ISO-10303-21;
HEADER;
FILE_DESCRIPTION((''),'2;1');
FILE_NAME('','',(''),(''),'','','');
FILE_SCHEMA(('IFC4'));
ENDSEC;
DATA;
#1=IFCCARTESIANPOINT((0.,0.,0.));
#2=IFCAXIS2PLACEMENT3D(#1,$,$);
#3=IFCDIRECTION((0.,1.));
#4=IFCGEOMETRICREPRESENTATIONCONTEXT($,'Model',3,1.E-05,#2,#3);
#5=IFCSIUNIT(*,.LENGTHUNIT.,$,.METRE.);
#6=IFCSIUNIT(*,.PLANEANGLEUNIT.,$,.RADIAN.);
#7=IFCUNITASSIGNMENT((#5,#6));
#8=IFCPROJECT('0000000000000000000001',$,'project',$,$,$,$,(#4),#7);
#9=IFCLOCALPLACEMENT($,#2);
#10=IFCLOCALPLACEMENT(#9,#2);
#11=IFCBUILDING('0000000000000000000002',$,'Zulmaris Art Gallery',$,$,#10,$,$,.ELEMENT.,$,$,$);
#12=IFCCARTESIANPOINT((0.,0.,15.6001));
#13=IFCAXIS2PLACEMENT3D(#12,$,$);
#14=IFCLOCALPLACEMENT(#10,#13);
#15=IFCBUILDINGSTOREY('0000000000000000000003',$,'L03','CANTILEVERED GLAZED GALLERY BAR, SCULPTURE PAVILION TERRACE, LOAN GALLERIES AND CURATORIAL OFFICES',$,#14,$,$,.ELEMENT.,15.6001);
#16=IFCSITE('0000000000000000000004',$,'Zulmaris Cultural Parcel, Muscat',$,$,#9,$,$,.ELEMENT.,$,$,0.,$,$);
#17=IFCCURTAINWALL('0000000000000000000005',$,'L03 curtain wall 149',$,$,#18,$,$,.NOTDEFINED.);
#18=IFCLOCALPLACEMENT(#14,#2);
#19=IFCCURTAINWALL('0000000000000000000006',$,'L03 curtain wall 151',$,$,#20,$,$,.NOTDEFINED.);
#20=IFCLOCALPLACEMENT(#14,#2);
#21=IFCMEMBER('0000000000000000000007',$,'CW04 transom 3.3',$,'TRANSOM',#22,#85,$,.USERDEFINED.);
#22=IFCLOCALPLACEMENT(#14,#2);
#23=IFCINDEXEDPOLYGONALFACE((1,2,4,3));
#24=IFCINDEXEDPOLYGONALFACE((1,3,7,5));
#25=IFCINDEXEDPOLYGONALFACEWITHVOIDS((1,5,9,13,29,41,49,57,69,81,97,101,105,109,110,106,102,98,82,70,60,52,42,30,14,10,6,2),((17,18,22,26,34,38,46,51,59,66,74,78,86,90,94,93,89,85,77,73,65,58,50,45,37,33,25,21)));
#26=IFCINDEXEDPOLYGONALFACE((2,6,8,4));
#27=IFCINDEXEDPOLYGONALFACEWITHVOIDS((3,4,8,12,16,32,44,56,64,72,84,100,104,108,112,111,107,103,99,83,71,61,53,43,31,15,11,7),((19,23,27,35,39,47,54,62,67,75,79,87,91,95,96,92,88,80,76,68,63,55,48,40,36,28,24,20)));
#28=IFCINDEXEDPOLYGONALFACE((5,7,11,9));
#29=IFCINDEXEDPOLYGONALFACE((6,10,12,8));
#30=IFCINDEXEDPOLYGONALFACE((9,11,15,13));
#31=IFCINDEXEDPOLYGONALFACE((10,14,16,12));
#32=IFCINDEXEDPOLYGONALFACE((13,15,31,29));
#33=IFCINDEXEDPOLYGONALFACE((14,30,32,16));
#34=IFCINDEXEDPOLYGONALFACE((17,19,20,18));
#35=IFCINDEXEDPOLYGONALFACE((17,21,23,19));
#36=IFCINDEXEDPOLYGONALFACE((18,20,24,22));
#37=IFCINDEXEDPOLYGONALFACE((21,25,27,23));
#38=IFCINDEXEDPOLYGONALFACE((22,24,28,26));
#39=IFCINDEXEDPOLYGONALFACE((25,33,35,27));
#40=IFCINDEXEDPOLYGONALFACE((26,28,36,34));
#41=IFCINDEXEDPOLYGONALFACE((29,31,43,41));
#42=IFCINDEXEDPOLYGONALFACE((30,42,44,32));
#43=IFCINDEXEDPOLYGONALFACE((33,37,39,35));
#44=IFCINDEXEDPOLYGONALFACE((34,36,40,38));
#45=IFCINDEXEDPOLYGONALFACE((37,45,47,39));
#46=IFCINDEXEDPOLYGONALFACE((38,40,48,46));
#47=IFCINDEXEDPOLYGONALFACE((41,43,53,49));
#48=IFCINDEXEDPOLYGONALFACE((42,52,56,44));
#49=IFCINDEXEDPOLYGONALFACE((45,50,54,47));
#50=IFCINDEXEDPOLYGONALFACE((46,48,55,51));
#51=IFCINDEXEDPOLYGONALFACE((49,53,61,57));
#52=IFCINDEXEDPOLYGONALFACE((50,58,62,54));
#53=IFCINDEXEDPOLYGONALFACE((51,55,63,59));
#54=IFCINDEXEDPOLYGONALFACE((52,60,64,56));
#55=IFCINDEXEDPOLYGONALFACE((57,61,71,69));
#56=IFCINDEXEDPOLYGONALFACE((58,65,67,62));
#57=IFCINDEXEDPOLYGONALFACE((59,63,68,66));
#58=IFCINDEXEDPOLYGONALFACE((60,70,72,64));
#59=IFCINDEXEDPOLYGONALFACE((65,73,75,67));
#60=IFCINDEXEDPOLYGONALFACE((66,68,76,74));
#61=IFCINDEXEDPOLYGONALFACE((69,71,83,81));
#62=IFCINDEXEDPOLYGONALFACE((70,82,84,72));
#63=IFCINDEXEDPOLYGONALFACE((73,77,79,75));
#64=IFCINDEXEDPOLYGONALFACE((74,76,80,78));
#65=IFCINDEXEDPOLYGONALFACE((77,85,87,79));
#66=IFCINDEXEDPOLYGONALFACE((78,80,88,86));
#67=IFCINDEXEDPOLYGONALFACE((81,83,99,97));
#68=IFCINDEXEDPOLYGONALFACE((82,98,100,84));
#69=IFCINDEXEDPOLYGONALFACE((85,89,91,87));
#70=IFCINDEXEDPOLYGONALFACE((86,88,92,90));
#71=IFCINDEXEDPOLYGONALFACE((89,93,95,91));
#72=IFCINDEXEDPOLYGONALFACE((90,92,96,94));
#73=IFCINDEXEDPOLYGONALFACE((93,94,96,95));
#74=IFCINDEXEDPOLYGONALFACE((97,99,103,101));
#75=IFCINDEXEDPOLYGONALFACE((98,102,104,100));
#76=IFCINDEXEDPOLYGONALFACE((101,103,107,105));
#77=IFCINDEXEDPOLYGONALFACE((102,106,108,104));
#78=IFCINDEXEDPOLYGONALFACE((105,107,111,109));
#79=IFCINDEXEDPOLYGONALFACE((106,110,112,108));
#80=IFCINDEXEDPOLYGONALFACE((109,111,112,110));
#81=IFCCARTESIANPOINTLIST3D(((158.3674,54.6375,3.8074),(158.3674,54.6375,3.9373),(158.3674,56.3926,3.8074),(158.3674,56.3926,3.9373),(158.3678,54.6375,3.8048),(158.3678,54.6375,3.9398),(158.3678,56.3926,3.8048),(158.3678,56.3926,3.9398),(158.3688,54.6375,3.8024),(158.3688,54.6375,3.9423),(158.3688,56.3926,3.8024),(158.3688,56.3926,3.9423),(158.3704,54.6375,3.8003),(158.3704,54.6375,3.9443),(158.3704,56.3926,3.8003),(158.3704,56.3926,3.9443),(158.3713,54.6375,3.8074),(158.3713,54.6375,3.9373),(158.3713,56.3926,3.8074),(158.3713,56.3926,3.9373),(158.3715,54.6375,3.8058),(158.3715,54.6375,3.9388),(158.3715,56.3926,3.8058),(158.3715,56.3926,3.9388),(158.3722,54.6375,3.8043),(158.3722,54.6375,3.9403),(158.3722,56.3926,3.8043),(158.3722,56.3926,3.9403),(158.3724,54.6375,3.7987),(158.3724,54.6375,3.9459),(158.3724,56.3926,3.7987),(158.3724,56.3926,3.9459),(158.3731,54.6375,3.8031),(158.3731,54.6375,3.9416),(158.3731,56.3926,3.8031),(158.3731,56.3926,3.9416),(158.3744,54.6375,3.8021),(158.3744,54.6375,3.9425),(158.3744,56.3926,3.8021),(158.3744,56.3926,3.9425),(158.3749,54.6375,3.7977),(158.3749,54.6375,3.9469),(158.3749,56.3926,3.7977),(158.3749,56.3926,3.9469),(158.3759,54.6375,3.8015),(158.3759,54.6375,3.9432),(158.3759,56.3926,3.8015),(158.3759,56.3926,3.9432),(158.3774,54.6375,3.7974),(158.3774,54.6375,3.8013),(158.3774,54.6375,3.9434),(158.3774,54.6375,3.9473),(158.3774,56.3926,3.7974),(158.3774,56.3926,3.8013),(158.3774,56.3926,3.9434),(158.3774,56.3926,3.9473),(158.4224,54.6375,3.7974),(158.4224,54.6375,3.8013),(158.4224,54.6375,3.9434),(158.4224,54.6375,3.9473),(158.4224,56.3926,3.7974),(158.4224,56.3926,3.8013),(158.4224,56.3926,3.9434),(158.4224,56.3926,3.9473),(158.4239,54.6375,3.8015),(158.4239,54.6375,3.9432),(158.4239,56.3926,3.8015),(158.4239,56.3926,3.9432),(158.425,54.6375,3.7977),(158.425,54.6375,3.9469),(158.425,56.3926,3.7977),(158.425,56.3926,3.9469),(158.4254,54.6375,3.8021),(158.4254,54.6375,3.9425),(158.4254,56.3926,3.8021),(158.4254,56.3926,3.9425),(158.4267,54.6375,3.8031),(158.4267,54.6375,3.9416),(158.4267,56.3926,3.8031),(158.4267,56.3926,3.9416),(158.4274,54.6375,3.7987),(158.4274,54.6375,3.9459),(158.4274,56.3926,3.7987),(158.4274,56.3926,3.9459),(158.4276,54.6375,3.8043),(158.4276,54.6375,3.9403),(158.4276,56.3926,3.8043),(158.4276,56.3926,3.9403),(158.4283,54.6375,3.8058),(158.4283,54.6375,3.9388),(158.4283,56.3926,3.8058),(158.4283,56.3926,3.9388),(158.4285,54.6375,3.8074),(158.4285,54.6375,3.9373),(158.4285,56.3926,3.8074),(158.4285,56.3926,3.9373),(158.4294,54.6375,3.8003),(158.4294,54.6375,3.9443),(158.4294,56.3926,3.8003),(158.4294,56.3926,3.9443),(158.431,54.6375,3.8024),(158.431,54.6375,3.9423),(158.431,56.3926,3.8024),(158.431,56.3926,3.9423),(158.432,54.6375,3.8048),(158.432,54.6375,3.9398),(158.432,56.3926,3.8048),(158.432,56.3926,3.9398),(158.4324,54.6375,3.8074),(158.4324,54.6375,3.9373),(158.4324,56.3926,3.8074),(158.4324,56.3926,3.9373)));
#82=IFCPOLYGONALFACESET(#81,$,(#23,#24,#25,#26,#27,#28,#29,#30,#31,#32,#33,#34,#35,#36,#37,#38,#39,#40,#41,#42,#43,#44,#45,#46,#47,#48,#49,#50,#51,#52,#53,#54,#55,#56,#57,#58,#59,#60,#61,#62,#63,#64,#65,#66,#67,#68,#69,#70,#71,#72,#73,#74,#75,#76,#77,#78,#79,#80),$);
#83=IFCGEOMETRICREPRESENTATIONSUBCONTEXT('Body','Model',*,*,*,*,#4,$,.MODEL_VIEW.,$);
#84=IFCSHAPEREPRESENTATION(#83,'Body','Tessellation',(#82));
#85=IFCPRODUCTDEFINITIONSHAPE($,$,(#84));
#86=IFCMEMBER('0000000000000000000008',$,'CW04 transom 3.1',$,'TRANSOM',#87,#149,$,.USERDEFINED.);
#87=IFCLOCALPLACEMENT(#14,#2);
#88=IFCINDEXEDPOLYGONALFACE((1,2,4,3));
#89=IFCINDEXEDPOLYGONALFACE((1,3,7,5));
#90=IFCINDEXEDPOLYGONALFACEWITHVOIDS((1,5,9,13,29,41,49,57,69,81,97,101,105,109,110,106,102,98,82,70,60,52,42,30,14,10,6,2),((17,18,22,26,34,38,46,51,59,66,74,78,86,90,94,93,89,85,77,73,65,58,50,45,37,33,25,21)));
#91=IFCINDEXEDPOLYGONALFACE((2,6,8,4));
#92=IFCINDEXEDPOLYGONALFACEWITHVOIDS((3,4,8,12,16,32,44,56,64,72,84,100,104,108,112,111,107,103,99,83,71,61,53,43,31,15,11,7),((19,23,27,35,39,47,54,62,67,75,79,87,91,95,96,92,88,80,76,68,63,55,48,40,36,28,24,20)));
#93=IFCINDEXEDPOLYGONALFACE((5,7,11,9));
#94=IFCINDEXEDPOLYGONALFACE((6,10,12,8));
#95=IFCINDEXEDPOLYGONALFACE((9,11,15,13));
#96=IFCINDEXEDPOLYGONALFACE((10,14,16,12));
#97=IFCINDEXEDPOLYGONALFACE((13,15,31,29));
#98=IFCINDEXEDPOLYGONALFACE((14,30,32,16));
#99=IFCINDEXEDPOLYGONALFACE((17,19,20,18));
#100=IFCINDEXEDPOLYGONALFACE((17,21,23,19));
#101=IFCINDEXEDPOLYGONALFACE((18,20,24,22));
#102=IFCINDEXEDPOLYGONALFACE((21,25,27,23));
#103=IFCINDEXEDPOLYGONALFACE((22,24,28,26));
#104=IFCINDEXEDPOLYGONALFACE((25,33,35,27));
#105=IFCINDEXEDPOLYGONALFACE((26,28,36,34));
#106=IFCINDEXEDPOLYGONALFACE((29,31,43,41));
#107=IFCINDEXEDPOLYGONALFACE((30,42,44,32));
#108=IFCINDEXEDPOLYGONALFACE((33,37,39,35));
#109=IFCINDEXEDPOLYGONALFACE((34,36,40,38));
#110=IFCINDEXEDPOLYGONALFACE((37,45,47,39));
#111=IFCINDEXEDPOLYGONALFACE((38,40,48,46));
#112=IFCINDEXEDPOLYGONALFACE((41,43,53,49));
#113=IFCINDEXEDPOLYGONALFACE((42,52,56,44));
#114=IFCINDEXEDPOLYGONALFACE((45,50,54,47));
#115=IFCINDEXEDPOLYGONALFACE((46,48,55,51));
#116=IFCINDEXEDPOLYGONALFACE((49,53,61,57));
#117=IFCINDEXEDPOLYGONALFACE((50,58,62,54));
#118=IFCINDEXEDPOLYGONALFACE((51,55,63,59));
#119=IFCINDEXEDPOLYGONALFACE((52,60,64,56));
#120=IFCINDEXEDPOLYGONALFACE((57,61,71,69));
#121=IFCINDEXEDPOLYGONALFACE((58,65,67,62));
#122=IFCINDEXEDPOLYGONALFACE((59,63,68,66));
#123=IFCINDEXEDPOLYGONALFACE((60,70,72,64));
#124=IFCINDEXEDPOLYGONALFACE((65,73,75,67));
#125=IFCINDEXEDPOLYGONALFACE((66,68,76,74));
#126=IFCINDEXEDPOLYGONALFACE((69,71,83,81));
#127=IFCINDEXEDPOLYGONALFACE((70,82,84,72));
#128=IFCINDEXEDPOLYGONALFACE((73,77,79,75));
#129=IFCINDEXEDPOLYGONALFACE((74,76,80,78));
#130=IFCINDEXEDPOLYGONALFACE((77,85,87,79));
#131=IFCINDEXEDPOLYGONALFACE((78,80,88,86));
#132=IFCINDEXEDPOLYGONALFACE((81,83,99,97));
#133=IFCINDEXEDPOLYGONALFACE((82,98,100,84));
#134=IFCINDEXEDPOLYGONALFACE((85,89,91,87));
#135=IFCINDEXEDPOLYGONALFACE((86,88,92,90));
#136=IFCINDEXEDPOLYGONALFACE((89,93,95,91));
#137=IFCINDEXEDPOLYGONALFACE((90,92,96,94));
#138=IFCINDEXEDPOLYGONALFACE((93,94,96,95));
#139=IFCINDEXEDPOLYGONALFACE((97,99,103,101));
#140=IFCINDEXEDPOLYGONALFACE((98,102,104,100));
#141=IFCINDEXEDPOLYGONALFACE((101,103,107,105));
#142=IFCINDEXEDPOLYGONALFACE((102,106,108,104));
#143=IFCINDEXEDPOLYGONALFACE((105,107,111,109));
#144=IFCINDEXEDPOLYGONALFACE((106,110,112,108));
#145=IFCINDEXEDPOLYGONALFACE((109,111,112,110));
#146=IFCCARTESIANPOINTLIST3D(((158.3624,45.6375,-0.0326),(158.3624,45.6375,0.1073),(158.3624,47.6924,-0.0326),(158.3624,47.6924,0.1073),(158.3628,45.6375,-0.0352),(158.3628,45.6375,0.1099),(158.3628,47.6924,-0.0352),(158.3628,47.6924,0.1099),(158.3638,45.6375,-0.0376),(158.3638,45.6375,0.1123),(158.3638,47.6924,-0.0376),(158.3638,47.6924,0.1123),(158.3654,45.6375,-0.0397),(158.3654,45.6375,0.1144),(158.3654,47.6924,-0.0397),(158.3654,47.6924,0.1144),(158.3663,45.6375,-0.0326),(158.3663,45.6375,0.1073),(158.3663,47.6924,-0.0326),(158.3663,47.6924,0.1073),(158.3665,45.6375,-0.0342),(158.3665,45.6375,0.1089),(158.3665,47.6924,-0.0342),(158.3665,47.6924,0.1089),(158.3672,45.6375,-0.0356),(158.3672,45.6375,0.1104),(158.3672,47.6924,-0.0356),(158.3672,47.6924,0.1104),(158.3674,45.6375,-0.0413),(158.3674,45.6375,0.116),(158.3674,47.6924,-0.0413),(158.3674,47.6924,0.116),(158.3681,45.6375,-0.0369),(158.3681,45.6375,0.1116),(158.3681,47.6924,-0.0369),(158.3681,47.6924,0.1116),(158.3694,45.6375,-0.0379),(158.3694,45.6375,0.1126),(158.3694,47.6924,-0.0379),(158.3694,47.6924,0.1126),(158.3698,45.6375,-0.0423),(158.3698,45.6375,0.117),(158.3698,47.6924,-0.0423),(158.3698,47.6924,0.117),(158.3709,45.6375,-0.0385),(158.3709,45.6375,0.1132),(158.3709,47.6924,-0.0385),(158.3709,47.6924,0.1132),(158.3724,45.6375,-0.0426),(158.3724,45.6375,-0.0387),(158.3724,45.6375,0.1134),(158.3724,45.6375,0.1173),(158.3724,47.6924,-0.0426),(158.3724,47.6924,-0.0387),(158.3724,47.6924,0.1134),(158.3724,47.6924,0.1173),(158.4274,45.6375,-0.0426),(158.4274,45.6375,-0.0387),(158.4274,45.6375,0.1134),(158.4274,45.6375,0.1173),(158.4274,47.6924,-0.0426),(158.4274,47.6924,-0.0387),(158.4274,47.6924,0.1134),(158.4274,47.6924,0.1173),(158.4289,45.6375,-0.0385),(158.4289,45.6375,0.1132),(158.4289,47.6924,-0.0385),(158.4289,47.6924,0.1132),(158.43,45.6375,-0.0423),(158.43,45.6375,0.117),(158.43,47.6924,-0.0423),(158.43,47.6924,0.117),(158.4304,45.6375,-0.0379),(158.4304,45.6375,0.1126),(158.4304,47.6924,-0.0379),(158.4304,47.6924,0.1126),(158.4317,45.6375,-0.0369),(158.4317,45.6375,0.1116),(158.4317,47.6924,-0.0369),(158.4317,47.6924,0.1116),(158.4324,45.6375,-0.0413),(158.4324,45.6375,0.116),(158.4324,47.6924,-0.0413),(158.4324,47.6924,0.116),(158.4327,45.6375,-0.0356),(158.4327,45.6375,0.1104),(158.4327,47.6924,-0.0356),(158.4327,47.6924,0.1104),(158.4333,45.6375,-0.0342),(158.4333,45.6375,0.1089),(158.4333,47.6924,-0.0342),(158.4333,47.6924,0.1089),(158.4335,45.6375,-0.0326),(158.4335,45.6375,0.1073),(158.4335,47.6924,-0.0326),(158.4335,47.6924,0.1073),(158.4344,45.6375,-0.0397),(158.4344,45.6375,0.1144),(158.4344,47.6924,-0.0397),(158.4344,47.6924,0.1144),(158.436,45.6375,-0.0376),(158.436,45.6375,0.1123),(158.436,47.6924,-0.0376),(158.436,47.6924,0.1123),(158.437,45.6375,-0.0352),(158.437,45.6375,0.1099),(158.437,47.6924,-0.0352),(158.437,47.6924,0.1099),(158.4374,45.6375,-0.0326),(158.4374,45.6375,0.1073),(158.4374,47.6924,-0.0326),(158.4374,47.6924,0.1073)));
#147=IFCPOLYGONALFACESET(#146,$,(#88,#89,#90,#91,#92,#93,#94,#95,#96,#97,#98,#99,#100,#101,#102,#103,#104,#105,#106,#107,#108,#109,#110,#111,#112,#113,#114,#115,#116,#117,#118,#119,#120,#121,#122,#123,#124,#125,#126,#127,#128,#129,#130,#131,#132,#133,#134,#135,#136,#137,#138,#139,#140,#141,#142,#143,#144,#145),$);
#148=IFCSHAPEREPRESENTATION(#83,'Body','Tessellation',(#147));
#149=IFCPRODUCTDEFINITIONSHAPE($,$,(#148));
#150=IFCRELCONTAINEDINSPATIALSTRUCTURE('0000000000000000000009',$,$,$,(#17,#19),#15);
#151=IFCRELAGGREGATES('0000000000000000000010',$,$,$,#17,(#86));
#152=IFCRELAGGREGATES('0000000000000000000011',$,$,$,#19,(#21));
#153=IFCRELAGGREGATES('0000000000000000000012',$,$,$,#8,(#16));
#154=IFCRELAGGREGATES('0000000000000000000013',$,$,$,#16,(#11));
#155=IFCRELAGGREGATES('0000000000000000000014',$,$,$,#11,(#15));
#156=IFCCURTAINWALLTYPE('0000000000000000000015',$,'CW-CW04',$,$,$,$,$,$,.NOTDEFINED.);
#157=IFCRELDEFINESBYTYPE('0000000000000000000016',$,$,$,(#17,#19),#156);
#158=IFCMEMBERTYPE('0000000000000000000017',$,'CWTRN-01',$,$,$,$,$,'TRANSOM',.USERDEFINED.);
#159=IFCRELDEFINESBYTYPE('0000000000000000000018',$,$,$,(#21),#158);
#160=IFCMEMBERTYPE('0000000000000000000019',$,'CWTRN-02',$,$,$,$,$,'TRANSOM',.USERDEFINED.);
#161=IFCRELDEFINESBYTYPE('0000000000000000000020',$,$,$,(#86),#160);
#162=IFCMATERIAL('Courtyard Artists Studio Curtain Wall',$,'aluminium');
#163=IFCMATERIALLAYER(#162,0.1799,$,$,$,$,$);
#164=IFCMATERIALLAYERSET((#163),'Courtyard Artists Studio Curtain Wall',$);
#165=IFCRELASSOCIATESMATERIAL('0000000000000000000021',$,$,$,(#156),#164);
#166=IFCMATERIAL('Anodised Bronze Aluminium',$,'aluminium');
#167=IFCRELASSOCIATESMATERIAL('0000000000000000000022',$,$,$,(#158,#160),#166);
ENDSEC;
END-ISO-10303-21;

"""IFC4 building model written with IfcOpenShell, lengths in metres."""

from ifc_helpers import new_model, si_unit, direction, frame, origin, origin_2d, place, context, subcontext, project, spatial, hollow_rectangle, extrude, material, layer, layer_set, material_profile, profile_set, type_object, element, aggregate, save


model = new_model("IFC4")

# Units and contexts
model_context = context("Model", 3, precision=1e-05, world=origin(), true_north=direction((0.0, 1.0)))
body_context = subcontext(model_context, "Body", "Model", "MODEL_VIEW")
ifc_project = project(units=[si_unit("LENGTHUNIT", "METRE"), si_unit("PLANEANGLEUNIT", "RADIAN")], contexts=[model_context])

# Site, building, storey
site_placement = place(None, origin())
site = spatial("IfcSite", under=ifc_project, at=site_placement, Name="Zulmaris Cultural Parcel, Muscat", CompositionType="ELEMENT", RefElevation=0.0)
building_placement = place(site_placement, origin())
building = spatial("IfcBuilding", under=site, at=building_placement, Name="Zulmaris Art Gallery", CompositionType="ELEMENT")
storey_placement = place(building_placement, frame((0.0, 0.0, 15.6001)))
storey = spatial("IfcBuildingStorey", under=building, at=storey_placement, Name="L03", Description="CANTILEVERED GLAZED GALLERY BAR, SCULPTURE PAVILION TERRACE, LOAN GALLERIES AND CURATORIAL OFFICES", CompositionType="ELEMENT", Elevation=15.6001)

# Curtain walls, member
ifc_material_1 = material(Name="Courtyard Artists Studio Curtain Wall", Category="aluminium")
ifc_layer_1 = layer(ifc_material_1, 0.1799)
ifc_layer_set_1 = layer_set([ifc_layer_1], Name="Courtyard Artists Studio Curtain Wall")
curtain_wall_type = type_object("IfcCurtainWallType", Name="CW-CW04", PredefinedType="NOTDEFINED", material=ifc_layer_set_1)
curtain_wall_1_placement = place(storey_placement, origin())
curtain_wall_1 = element("IfcCurtainWall", 1, at=curtain_wall_1_placement, inside=storey, type_object=curtain_wall_type, Name="L03 curtain wall 149", PredefinedType="NOTDEFINED")
ifc_material_2 = material(Name="Anodised Bronze Aluminium", Category="aluminium")
curtain_wall_2_placement = place(storey_placement, origin())
curtain_wall_2 = element("IfcCurtainWall", 2, at=curtain_wall_2_placement, inside=storey, type_object=curtain_wall_type, Name="L03 curtain wall 151", PredefinedType="NOTDEFINED")
ifc_material_profile_1 = material_profile(ifc_material_2, hollow_rectangle(XDim=0.0649, YDim=0.1499, WallThickness=0.0039, InnerFilletRadius=0.0061, OuterFilletRadius=0.01, at=origin_2d()), Name="ALU 65x150x4")
ifc_profile_set_1 = profile_set([ifc_material_profile_1], Name="Anodised Bronze Aluminium")
member_type_1 = type_object("IfcMemberType", Name="CWTRN-01", ElementType="TRANSOM", PredefinedType="USERDEFINED", material=ifc_profile_set_1)
member_1_placement = place(storey_placement, frame((158.3999, 54.6375, 3.8723), z_axis=(0.0, 1.0, 0.0), x_axis=(-1.0, 0.0, 0.0)))
member_1 = element("IfcMember", 3, at=member_1_placement, type_object=member_type_1, Name="CW04 transom 3.3", ObjectType="TRANSOM", PredefinedType="USERDEFINED", context=body_context, shape_type="SweptSolid", body=[
    extrude(hollow_rectangle(XDim=0.0649, YDim=0.1499, WallThickness=0.0039, InnerFilletRadius=0.0061, OuterFilletRadius=0.01, at=origin_2d()), origin(), (0.0, 0.0, 1.0), 1.7551),
])

# Member
ifc_material_profile_2 = material_profile(ifc_material_2, hollow_rectangle(XDim=0.075, YDim=0.1599, WallThickness=0.0039, InnerFilletRadius=0.0061, OuterFilletRadius=0.01, at=origin_2d()), Name="ALU 75x160x4")
ifc_profile_set_2 = profile_set([ifc_material_profile_2], Name="Anodised Bronze Aluminium")
member_type_2 = type_object("IfcMemberType", Name="CWTRN-02", ElementType="TRANSOM", PredefinedType="USERDEFINED", material=ifc_profile_set_2)
member_2_placement = place(storey_placement, frame((158.3999, 45.6375, 0.0374), z_axis=(0.0, 1.0, 0.0), x_axis=(-1.0, 0.0, 0.0)))
member_2 = element("IfcMember", 4, at=member_2_placement, type_object=member_type_2, Name="CW04 transom 3.1", ObjectType="TRANSOM", PredefinedType="USERDEFINED", context=body_context, shape_type="SweptSolid", body=[
    extrude(hollow_rectangle(XDim=0.075, YDim=0.1599, WallThickness=0.0039, InnerFilletRadius=0.0061, OuterFilletRadius=0.01, at=origin_2d()), origin(), (0.0, 0.0, 1.0), 2.0549),
])

aggregate(curtain_wall_1, [member_2])
aggregate(curtain_wall_2, [member_1])

save(model, "model.ifc")
